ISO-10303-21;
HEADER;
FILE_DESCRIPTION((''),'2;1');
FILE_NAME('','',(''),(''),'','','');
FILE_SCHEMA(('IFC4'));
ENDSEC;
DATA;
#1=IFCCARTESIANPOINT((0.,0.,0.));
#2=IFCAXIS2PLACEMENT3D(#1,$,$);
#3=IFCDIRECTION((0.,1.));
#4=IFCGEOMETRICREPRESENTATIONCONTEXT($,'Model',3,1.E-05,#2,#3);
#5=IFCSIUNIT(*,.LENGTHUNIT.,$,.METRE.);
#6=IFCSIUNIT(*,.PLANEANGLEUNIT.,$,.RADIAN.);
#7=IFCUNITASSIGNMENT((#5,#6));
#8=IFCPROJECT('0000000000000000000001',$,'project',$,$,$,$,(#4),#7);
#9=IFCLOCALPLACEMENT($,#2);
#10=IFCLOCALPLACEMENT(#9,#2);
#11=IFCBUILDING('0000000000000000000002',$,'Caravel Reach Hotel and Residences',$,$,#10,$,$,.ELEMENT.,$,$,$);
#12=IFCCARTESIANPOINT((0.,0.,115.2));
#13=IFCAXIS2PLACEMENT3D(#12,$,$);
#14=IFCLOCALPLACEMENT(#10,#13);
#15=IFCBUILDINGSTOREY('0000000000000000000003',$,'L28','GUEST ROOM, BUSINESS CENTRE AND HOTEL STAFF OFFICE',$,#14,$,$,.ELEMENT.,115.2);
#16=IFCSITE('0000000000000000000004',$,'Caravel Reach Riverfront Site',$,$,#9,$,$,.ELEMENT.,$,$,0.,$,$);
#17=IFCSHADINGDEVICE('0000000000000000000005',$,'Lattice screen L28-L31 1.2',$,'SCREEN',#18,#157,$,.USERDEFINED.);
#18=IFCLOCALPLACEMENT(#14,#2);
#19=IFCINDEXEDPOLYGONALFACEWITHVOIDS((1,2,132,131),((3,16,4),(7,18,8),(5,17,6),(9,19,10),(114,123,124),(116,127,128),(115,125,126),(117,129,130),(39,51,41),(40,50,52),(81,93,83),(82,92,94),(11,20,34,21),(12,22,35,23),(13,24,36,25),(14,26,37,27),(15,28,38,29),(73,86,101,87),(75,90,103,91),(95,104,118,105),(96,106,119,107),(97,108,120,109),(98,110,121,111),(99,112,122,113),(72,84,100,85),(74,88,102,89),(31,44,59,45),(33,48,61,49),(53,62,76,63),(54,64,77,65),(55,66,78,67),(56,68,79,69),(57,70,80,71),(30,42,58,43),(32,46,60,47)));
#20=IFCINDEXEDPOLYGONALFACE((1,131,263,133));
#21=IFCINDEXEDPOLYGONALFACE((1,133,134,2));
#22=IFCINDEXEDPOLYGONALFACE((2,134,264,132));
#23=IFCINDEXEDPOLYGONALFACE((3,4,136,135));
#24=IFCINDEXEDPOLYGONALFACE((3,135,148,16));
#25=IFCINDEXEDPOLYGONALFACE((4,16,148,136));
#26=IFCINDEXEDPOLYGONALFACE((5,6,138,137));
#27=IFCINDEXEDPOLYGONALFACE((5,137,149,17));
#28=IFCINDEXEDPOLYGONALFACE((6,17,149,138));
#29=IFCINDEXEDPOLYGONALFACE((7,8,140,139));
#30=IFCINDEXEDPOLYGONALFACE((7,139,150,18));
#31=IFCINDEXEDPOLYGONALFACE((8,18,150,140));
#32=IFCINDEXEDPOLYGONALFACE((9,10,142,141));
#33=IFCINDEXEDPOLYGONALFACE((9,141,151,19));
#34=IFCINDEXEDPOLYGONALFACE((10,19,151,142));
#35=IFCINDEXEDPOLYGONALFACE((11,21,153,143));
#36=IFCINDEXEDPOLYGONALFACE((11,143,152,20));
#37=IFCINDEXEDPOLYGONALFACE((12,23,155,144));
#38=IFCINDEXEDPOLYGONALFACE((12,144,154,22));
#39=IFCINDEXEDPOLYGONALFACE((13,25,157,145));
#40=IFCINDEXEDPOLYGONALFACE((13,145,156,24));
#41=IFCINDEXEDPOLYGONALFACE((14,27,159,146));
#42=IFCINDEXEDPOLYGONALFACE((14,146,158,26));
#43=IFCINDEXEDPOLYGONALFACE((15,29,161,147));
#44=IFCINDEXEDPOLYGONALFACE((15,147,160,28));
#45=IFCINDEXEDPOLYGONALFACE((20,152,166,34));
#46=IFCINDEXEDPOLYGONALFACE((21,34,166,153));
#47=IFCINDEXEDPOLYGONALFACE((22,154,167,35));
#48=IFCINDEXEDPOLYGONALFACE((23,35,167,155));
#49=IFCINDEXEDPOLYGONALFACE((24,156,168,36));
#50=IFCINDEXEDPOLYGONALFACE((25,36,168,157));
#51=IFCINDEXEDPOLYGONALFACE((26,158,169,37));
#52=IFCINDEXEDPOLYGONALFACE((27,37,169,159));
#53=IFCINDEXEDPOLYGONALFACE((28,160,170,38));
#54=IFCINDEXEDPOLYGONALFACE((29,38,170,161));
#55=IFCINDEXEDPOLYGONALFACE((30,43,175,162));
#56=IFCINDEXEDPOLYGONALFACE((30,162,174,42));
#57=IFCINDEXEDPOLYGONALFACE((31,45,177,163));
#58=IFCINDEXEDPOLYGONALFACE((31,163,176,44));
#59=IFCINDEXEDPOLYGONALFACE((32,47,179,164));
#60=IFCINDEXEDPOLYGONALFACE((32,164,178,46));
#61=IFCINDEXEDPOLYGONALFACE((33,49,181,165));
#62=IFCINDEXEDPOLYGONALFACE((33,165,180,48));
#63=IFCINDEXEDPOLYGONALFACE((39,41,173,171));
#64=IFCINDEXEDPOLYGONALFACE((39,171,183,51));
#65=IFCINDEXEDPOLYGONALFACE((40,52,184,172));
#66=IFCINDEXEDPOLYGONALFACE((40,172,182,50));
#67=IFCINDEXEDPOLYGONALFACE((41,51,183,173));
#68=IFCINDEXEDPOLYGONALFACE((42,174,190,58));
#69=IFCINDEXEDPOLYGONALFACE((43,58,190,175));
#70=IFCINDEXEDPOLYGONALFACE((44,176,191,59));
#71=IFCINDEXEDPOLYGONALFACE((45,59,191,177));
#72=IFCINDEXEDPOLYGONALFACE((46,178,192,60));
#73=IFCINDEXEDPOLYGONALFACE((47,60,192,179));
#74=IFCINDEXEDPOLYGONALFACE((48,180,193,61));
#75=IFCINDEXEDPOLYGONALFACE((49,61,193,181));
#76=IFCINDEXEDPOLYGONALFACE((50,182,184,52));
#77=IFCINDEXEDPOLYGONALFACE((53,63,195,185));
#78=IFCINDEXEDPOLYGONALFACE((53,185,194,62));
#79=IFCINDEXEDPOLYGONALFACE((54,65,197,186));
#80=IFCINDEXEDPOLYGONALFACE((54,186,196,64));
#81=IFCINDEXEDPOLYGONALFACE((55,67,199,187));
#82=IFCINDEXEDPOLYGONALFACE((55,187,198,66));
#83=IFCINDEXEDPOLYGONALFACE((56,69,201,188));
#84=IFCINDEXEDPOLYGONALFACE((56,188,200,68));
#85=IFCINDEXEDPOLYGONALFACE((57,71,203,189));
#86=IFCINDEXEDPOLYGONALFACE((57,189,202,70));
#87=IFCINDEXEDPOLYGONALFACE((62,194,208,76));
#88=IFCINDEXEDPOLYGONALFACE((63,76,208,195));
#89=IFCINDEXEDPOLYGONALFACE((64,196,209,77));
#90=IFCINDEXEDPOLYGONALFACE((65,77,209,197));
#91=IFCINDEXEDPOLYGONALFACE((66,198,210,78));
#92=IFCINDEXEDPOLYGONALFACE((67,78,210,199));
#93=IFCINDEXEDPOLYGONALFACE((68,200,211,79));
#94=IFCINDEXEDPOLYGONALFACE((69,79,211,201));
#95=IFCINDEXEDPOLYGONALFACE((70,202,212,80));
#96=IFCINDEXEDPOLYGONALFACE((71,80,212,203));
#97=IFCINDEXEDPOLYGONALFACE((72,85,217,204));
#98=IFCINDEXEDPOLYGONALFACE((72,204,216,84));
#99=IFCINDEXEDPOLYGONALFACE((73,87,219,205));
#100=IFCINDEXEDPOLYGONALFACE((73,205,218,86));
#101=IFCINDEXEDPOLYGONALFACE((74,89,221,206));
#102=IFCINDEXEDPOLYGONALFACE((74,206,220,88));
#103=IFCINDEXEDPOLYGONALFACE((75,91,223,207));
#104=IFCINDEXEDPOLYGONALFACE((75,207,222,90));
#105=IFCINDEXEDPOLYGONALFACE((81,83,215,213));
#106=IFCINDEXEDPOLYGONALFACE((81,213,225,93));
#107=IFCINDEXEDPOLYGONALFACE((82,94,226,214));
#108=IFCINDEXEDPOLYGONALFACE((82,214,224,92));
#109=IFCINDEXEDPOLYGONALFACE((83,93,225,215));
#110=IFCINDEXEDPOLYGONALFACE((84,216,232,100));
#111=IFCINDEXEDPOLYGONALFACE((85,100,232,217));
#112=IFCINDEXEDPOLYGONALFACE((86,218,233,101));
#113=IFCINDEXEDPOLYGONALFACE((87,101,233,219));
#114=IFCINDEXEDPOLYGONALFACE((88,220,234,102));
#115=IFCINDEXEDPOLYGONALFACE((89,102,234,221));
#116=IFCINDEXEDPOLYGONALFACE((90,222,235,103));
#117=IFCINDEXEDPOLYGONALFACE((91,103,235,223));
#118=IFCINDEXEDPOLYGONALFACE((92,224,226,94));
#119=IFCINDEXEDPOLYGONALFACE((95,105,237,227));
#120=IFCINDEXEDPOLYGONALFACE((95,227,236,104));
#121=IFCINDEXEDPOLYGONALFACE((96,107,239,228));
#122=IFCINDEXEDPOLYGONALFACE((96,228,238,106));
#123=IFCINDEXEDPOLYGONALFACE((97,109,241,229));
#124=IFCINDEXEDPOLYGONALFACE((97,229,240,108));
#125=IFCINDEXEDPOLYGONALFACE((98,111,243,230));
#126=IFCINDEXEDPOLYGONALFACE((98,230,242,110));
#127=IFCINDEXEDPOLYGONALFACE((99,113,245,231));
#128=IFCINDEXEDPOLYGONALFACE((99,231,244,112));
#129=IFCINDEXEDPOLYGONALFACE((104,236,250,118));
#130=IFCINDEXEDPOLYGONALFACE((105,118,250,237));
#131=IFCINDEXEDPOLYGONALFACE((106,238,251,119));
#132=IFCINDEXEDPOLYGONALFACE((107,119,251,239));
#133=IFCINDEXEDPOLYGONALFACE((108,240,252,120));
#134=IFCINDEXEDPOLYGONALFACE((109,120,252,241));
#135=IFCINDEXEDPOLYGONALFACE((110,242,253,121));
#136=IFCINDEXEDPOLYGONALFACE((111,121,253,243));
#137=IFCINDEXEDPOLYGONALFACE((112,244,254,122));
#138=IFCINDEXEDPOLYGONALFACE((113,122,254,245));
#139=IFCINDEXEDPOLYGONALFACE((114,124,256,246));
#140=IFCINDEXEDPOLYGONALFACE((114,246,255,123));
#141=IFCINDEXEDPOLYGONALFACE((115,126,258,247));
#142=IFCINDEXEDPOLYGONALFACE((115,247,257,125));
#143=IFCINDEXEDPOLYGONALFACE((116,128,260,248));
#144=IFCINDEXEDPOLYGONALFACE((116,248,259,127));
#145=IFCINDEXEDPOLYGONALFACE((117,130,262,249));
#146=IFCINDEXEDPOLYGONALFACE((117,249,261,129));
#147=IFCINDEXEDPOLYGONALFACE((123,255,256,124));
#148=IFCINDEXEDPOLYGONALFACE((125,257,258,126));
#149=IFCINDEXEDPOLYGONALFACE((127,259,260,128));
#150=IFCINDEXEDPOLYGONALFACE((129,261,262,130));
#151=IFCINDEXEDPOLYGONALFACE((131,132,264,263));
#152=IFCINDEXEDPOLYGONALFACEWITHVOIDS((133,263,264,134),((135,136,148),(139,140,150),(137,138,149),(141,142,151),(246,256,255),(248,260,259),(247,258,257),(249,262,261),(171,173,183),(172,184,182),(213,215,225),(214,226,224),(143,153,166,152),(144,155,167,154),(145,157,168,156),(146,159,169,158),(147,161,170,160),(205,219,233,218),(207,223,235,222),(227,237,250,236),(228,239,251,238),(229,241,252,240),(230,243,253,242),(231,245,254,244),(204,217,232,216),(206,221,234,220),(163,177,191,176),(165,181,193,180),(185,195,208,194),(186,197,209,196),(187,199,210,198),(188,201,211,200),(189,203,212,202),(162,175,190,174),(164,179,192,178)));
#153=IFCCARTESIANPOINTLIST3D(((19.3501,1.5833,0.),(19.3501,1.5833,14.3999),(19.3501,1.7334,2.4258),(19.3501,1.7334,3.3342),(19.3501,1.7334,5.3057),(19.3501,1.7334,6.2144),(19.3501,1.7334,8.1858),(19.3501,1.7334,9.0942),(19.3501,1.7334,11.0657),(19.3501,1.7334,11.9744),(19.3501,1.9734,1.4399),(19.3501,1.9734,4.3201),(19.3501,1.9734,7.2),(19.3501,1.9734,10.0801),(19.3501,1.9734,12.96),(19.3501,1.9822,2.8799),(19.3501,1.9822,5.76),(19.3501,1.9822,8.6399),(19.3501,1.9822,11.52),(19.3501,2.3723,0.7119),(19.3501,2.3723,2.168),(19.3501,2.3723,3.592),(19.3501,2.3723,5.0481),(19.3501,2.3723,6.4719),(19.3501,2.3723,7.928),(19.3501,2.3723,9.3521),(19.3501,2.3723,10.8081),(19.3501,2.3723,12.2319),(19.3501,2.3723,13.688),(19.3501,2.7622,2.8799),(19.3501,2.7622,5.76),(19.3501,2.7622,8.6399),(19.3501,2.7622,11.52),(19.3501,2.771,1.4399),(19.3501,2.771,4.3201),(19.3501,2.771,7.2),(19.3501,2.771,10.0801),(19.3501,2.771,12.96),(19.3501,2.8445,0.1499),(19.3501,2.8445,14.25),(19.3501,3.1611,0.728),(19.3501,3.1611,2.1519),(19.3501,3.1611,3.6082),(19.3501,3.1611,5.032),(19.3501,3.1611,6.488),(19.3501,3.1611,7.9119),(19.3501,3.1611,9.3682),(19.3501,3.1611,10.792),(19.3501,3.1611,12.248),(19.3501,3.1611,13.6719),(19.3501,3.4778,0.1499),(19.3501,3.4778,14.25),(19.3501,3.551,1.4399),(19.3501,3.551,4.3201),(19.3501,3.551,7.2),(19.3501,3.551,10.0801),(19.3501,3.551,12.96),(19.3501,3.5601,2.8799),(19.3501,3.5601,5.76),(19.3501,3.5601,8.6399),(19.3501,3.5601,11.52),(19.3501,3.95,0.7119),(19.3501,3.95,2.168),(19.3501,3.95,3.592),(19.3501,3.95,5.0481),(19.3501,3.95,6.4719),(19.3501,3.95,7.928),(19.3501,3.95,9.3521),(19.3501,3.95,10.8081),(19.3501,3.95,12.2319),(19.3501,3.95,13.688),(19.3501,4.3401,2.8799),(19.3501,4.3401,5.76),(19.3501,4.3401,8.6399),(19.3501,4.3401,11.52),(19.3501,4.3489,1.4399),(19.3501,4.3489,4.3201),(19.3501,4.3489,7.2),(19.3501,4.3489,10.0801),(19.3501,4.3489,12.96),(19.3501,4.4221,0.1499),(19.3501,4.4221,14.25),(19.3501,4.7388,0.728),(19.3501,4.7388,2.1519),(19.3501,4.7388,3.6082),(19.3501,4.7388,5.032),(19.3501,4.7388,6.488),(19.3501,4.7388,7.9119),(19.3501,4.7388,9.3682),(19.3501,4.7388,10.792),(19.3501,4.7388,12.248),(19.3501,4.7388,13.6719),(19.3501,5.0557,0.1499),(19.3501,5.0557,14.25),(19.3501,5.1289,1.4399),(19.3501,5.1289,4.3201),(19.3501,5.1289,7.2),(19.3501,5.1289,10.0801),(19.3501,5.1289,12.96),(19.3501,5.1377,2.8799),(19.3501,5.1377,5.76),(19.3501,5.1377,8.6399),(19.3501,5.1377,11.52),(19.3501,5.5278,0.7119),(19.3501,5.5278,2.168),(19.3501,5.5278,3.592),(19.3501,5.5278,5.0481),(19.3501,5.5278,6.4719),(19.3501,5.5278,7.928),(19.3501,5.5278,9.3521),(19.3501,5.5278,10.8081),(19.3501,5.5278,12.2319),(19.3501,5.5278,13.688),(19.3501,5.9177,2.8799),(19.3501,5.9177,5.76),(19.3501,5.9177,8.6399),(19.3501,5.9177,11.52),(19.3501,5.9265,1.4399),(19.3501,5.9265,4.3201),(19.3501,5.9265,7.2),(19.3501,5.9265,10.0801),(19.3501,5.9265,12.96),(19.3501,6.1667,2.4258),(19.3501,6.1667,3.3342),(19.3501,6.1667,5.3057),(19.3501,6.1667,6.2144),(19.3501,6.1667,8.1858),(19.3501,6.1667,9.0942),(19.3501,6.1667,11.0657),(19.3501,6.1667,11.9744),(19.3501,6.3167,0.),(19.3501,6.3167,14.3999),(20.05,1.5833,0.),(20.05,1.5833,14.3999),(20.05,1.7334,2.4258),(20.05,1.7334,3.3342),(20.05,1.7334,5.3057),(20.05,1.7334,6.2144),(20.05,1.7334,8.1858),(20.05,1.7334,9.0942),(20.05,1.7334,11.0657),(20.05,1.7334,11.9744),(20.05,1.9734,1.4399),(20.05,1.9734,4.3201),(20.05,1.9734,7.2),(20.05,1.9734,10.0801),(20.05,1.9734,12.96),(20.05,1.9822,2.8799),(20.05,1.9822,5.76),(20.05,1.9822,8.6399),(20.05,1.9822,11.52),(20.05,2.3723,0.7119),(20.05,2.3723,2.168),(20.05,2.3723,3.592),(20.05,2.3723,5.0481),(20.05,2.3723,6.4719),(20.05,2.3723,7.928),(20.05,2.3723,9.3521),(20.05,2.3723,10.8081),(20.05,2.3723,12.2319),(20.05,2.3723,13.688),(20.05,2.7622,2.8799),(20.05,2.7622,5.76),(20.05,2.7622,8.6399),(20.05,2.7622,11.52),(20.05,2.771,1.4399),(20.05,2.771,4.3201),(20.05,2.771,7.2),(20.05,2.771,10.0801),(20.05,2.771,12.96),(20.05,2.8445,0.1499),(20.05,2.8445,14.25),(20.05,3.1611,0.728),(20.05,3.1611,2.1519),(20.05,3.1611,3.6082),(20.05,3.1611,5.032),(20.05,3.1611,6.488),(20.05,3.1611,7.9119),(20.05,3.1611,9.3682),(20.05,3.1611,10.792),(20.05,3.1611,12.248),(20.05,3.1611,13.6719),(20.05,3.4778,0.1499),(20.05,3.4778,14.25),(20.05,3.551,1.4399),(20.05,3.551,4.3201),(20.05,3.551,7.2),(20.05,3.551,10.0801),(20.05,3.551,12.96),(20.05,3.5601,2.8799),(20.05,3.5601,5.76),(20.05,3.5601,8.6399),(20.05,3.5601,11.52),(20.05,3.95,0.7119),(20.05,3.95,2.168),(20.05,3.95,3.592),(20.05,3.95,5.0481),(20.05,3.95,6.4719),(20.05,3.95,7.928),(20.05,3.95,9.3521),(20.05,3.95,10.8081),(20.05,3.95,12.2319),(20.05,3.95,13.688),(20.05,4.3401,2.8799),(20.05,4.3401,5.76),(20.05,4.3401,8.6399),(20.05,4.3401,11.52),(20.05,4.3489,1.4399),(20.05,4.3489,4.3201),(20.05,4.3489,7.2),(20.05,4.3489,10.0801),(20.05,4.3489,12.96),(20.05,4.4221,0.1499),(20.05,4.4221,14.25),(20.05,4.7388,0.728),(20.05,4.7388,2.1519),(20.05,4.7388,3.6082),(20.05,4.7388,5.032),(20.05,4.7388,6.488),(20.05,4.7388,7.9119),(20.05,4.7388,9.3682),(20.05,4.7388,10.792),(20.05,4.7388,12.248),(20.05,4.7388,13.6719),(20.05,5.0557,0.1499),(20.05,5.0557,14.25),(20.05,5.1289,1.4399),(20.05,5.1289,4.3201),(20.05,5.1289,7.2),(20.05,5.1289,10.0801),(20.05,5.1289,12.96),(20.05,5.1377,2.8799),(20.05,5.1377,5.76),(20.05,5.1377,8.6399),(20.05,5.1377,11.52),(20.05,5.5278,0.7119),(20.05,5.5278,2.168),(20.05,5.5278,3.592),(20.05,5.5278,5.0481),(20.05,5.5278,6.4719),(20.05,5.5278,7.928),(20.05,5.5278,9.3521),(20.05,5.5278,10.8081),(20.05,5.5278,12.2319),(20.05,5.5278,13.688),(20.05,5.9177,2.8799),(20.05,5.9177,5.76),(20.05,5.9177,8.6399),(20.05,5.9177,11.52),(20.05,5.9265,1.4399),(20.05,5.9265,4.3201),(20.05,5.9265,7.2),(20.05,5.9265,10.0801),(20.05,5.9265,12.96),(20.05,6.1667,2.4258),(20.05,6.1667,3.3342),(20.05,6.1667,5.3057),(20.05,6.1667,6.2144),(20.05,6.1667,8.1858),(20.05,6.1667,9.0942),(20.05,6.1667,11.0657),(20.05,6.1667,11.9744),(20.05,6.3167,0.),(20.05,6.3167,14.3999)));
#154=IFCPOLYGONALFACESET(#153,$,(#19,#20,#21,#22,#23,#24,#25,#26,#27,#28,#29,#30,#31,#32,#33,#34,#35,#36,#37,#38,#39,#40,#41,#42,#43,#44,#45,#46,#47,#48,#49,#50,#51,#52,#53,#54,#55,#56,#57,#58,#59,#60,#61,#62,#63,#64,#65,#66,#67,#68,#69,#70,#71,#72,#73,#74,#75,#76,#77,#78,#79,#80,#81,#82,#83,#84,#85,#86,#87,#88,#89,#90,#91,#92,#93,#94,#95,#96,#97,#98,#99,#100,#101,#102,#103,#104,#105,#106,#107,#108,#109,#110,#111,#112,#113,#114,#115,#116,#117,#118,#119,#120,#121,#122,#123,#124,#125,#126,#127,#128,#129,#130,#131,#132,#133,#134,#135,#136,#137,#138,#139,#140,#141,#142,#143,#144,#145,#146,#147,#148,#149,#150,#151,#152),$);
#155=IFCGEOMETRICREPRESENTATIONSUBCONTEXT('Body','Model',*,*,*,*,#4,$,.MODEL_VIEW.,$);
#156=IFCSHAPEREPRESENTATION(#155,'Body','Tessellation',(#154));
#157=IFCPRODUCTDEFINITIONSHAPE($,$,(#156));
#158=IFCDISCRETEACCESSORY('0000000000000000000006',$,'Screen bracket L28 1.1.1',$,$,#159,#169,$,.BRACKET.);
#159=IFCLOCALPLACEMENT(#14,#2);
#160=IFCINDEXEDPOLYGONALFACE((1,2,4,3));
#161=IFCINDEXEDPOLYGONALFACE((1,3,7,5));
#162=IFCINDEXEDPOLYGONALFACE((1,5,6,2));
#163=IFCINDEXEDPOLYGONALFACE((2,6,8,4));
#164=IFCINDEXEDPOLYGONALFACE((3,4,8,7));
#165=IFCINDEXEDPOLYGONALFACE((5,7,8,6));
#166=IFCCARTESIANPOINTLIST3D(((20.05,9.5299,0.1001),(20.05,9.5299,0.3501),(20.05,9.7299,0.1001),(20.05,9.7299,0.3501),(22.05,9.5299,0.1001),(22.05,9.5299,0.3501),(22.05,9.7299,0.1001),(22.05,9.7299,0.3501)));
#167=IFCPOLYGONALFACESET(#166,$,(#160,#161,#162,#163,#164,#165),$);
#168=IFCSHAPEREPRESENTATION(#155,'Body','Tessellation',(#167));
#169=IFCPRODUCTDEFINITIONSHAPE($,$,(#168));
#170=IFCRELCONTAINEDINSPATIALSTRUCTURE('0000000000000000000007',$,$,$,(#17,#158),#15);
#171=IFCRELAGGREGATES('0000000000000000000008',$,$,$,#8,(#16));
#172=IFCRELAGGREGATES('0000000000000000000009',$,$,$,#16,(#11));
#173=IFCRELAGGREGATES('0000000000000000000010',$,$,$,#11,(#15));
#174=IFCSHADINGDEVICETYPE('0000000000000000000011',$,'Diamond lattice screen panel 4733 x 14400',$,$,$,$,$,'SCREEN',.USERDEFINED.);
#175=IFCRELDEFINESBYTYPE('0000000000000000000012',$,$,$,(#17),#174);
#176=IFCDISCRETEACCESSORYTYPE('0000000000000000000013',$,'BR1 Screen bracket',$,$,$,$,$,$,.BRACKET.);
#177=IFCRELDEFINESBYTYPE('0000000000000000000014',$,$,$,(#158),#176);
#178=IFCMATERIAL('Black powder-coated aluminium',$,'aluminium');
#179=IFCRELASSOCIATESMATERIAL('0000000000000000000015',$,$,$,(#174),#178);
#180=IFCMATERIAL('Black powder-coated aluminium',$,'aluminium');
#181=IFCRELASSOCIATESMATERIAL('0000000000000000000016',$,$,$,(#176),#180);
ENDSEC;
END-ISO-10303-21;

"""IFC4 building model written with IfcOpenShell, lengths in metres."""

from ifc_helpers import new_model, si_unit, direction, frame, origin, origin_2d, place, context, subcontext, project, spatial, polyline, rectangle, outline, extrude, material, type_object, element, save


model = new_model("IFC4")

# Units and contexts
model_context = context("Model", 3, precision=1e-05, world=origin(), true_north=direction((0.0, 1.0)))
body_context = subcontext(model_context, "Body", "Model", "MODEL_VIEW")
ifc_project = project(units=[si_unit("LENGTHUNIT", "METRE"), si_unit("PLANEANGLEUNIT", "RADIAN")], contexts=[model_context])

# Site, building, storey
site_placement = place(None, origin())
site = spatial("IfcSite", under=ifc_project, at=site_placement, Name="Caravel Reach Riverfront Site", CompositionType="ELEMENT", RefElevation=0.0)
building_placement = place(site_placement, origin())
building = spatial("IfcBuilding", under=site, at=building_placement, Name="Caravel Reach Hotel and Residences", CompositionType="ELEMENT")
storey_placement = place(building_placement, frame((0.0, 0.0, 115.2)))
storey = spatial("IfcBuildingStorey", under=building, at=storey_placement, Name="L28", Description="GUEST ROOM, BUSINESS CENTRE AND HOTEL STAFF OFFICE", CompositionType="ELEMENT", Elevation=115.2)

# Shading device
ifc_material_1 = material(Name="Black powder-coated aluminium", Category="aluminium")
shading_device_type = type_object("IfcShadingDeviceType", Name="Diamond lattice screen panel 4733 x 14400", ElementType="SCREEN", PredefinedType="USERDEFINED", material=ifc_material_1)
shading_device_placement = place(storey_placement, frame((20.05, 6.3167, 0.0), z_axis=(-1.0, 0.0, 0.0), x_axis=(0.0, -1.0, 0.0)))
element("IfcShadingDevice", 1, at=shading_device_placement, inside=storey, type_object=shading_device_type, Name="Lattice screen L28-L31 1.2", ObjectType="SCREEN", PredefinedType="USERDEFINED", context=body_context, shape_type="SweptSolid", body=[
    extrude(outline(polyline([(0.0, 0.0), (4.7334, 0.0), (4.7334, 14.3999), (0.0, 14.3999), (0.0, 0.0)]), holes=[polyline([(0.3989, 2.8799), (0.1499, 3.3342), (0.1499, 2.4258), (0.3989, 2.8799)]), polyline([(0.3989, 5.76), (0.1499, 6.2144), (0.1499, 5.3057), (0.3989, 5.76)]), polyline([(0.3989, 8.6399), (0.1499, 9.0942), (0.1499, 8.1858), (0.3989, 8.6399)]), polyline([(0.3989, 11.52), (0.1499, 11.9744), (0.1499, 11.0657), (0.3989, 11.52)]), polyline([(0.7888, 2.168), (0.3901, 1.4399), (0.7888, 0.7119), (1.1877, 1.4399), (0.7888, 2.168)]), polyline([(0.7888, 5.0481), (0.3901, 4.3201), (0.7888, 3.592), (1.1877, 4.3201), (0.7888, 5.0481)]), polyline([(0.7888, 7.928), (0.3901, 7.2), (0.7888, 6.4719), (1.1877, 7.2), (0.7888, 7.928)]), polyline([(0.7888, 10.8081), (0.3901, 10.0801), (0.7888, 9.3521), (1.1877, 10.0801), (0.7888, 10.8081)]), polyline([(0.7888, 13.688), (0.3901, 12.96), (0.7888, 12.2319), (1.1877, 12.96), (0.7888, 13.688)]), polyline([(1.5779, 0.728), (1.261, 0.1499), (1.8945, 0.1499), (1.5779, 0.728)]), polyline([(1.5779, 3.6082), (1.179, 2.8799), (1.5779, 2.1519), (1.9766, 2.8799), (1.5779, 3.6082)]), polyline([(1.5779, 6.488), (1.179, 5.76), (1.5779, 5.032), (1.9766, 5.76), (1.5779, 6.488)]), polyline([(1.5779, 9.3682), (1.179, 8.6399), (1.5779, 7.9119), (1.9766, 8.6399), (1.5779, 9.3682)]), polyline([(1.5779, 12.248), (1.179, 11.52), (1.5779, 10.792), (1.9766, 11.52), (1.5779, 12.248)]), polyline([(1.5779, 13.6719), (1.8945, 14.25), (1.261, 14.25), (1.5779, 13.6719)]), polyline([(2.3667, 2.168), (1.9678, 1.4399), (2.3667, 0.7119), (2.7656, 1.4399), (2.3667, 2.168)]), polyline([(2.3667, 5.0481), (1.9678, 4.3201), (2.3667, 3.592), (2.7656, 4.3201), (2.3667, 5.0481)]), polyline([(2.3667, 7.928), (1.9678, 7.2), (2.3667, 6.4719), (2.7656, 7.2), (2.3667, 7.928)]), polyline([(2.3667, 10.8081), (1.9678, 10.0801), (2.3667, 9.3521), (2.7656, 10.0801), (2.3667, 10.8081)]), polyline([(2.3667, 13.688), (1.9678, 12.96), (2.3667, 12.2319), (2.7656, 12.96), (2.3667, 13.688)]), polyline([(3.1555, 0.728), (2.8389, 0.1499), (3.4722, 0.1499), (3.1555, 0.728)]), polyline([(3.1555, 3.6082), (2.7566, 2.8799), (3.1555, 2.1519), (3.5544, 2.8799), (3.1555, 3.6082)]), polyline([(3.1555, 6.488), (2.7566, 5.76), (3.1555, 5.032), (3.5544, 5.76), (3.1555, 6.488)]), polyline([(3.1555, 9.3682), (2.7566, 8.6399), (3.1555, 7.9119), (3.5544, 8.6399), (3.1555, 9.3682)]), polyline([(3.1555, 12.248), (2.7566, 11.52), (3.1555, 10.792), (3.5544, 11.52), (3.1555, 12.248)]), polyline([(3.1555, 13.6719), (3.4722, 14.25), (2.8389, 14.25), (3.1555, 13.6719)]), polyline([(3.9443, 2.168), (3.5457, 1.4399), (3.9443, 0.7119), (4.3433, 1.4399), (3.9443, 2.168)]), polyline([(3.9443, 5.0481), (3.5457, 4.3201), (3.9443, 3.592), (4.3433, 4.3201), (3.9443, 5.0481)]), polyline([(3.9443, 7.928), (3.5457, 7.2), (3.9443, 6.4719), (4.3433, 7.2), (3.9443, 7.928)]), polyline([(3.9443, 10.8081), (3.5457, 10.0801), (3.9443, 9.3521), (4.3433, 10.0801), (3.9443, 10.8081)]), polyline([(3.9443, 13.688), (3.5457, 12.96), (3.9443, 12.2319), (4.3433, 12.96), (3.9443, 13.688)]), polyline([(4.3345, 2.8799), (4.5833, 2.4258), (4.5833, 3.3342), (4.3345, 2.8799)]), polyline([(4.3345, 5.76), (4.5833, 5.3057), (4.5833, 6.2144), (4.3345, 5.76)]), polyline([(4.3345, 8.6399), (4.5833, 8.1858), (4.5833, 9.0942), (4.3345, 8.6399)]), polyline([(4.3345, 11.52), (4.5833, 11.0657), (4.5833, 11.9744), (4.3345, 11.52)])]), origin(), (0.0, 0.0, 1.0), 0.7),
])

# Discrete accessory
ifc_material_2 = material(Name="Black powder-coated aluminium", Category="aluminium")
discrete_accessory_type = type_object("IfcDiscreteAccessoryType", Name="BR1 Screen bracket", PredefinedType="BRACKET", material=ifc_material_2)
for number, where, z_axis, x_axis, name in (
    (2, (21.05, 9.6299, 0.1001), (0.0, 0.0, 1.0), (-1.0, 0.0, 0.0), "Screen bracket L28 1.1.1"),
):
    element("IfcDiscreteAccessory", number, at=place(storey_placement, frame(where, z_axis=z_axis, x_axis=x_axis)), inside=storey, type_object=discrete_accessory_type, Name=name, PredefinedType="BRACKET", context=body_context, shape_type="SweptSolid", body=[
        extrude(rectangle(XDim=2.0, YDim=0.2, at=origin_2d()), origin(), (0.0, 0.0, 1.0), 0.25),
    ])

save(model, "model.ifc")
